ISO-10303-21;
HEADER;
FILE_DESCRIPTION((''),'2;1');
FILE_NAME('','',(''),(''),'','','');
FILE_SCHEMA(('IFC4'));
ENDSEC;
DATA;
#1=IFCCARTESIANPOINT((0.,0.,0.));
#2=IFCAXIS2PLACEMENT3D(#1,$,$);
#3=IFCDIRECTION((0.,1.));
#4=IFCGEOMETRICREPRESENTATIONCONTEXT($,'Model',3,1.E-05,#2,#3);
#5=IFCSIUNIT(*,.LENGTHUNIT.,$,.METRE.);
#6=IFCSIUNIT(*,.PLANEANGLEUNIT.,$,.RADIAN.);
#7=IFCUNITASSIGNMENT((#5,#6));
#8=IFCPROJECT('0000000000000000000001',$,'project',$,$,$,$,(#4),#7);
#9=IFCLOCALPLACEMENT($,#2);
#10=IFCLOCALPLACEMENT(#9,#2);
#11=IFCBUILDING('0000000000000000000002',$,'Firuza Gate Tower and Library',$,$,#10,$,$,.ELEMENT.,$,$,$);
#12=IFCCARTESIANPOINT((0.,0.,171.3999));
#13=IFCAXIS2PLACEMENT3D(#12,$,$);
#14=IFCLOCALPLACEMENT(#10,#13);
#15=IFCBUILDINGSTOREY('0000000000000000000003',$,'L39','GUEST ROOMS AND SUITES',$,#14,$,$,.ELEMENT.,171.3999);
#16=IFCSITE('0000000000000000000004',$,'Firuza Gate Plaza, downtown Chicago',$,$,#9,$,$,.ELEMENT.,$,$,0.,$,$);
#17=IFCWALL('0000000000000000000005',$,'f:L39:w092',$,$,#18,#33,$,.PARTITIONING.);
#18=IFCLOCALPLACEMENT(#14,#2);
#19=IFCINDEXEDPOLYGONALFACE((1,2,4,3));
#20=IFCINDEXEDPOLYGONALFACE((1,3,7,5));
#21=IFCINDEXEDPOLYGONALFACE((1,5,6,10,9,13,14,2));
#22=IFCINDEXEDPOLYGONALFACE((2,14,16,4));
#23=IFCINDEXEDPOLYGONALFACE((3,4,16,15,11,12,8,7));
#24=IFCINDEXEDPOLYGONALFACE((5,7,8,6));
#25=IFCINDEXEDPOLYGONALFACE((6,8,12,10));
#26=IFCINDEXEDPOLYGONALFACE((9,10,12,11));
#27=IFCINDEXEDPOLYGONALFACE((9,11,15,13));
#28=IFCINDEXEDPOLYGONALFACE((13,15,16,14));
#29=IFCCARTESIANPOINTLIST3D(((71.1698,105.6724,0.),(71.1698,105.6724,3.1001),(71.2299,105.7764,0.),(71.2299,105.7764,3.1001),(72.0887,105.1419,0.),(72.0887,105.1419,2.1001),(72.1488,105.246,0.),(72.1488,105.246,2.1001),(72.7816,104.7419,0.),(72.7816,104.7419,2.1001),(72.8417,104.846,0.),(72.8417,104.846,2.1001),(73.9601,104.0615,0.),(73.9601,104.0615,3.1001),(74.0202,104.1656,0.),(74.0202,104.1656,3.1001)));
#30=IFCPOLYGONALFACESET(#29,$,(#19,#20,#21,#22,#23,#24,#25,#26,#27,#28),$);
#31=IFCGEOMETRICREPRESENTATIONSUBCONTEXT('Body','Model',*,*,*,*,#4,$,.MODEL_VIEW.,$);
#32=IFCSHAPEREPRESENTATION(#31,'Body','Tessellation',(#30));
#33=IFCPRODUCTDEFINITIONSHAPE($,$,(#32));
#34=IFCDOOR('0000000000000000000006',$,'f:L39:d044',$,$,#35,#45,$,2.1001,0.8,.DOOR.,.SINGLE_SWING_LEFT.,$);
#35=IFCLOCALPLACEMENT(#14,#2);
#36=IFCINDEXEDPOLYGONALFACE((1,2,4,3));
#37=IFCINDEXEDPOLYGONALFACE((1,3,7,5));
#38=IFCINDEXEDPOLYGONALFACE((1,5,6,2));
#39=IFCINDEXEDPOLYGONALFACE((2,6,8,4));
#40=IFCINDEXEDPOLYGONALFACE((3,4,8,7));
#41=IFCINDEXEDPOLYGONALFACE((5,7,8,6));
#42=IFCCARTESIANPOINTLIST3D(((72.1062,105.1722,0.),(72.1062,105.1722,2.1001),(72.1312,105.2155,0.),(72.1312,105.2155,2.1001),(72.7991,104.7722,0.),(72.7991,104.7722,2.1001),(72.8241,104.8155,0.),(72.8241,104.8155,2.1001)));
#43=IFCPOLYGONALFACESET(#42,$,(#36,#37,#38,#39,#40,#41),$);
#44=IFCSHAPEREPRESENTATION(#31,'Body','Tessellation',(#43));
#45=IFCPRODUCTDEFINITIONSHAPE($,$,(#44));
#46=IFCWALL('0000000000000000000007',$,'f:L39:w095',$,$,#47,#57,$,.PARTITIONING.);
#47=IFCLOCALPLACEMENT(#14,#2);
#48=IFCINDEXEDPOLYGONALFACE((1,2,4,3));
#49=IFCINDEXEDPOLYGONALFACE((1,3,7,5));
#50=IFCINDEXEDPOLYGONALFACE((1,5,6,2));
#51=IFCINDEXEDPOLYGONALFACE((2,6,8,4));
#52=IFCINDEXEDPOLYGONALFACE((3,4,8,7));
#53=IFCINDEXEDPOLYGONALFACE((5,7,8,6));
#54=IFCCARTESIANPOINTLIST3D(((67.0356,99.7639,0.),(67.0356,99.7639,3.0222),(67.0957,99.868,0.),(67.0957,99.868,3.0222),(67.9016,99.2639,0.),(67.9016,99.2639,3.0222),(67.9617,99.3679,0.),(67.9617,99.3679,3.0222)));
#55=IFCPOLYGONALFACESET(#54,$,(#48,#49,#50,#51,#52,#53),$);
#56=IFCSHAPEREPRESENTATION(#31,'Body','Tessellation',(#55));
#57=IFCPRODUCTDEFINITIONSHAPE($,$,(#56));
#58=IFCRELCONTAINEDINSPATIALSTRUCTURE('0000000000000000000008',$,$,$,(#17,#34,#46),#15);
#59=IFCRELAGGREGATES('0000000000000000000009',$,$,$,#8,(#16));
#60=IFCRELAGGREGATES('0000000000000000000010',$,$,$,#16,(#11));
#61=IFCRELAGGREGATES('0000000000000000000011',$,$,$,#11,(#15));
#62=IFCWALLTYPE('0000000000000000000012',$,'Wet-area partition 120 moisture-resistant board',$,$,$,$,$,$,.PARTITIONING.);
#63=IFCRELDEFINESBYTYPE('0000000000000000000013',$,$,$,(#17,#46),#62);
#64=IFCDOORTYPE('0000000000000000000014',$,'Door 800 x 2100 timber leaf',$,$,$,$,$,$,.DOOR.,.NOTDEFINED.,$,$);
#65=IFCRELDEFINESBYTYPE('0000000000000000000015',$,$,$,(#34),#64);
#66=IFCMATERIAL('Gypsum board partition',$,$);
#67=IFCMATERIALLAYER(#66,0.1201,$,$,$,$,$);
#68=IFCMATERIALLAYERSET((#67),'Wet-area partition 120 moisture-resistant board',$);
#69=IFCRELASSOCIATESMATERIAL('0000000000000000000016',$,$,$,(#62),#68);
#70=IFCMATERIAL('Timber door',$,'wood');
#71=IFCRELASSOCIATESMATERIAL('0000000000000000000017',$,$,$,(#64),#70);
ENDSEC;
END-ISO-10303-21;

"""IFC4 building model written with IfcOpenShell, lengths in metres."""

from ifc_helpers import new_model, si_unit, direction, frame, frame_2d, origin, place, context, subcontext, project, spatial, rectangle, extrude, material, layer, layer_set, type_object, element, fill, save


model = new_model("IFC4")

# Units and contexts
model_context = context("Model", 3, precision=1e-05, world=origin(), true_north=direction((0.0, 1.0)))
body_context = subcontext(model_context, "Body", "Model", "MODEL_VIEW")
ifc_project = project(units=[si_unit("LENGTHUNIT", "METRE"), si_unit("PLANEANGLEUNIT", "RADIAN")], contexts=[model_context])

# Site, building, storey
site_placement = place(None, origin())
site = spatial("IfcSite", under=ifc_project, at=site_placement, Name="Firuza Gate Plaza, downtown Chicago", CompositionType="ELEMENT", RefElevation=0.0)
building_placement = place(site_placement, origin())
building = spatial("IfcBuilding", under=site, at=building_placement, Name="Firuza Gate Tower and Library", CompositionType="ELEMENT")
storey_placement = place(building_placement, frame((0.0, 0.0, 171.3999)))
storey = spatial("IfcBuildingStorey", under=building, at=storey_placement, Name="L39", Description="GUEST ROOMS AND SUITES", CompositionType="ELEMENT", Elevation=171.3999)

# Shared definitions
ifc_material_1 = material(Name="Gypsum board partition")
ifc_layer_1 = layer(ifc_material_1, 0.1201)
ifc_layer_set_1 = layer_set([ifc_layer_1], Name="Wet-area partition 120 moisture-resistant board")
wall_type_1 = type_object("IfcWallType", Name="Wet-area partition 120 moisture-resistant board", PredefinedType="PARTITIONING", material=ifc_layer_set_1)

# Wall, opening, door
ifc_material_2 = material(Name="Timber door", Category="wood")
door_type = type_object("IfcDoorType", Name="Door 800 x 2100 timber leaf", OperationType="NOTDEFINED", PredefinedType="DOOR", material=ifc_material_2)
wall_1_placement = place(storey_placement, frame((71.2, 105.7244, 0.0), z_axis=(0.0, 0.0, 1.0), x_axis=(0.866043, -0.49997, 0.0)))
wall_1 = element("IfcWall", 1, at=wall_1_placement, inside=storey, type_object=wall_type_1, Name="f:L39:w092", PredefinedType="PARTITIONING", context=body_context, shape_type="SweptSolid", body=[
    extrude(rectangle(XDim=3.2219, YDim=0.1201, at=frame_2d((1.6108, 0.0))), origin(), (0.0, 0.0, 1.0), 3.1001),
])
opening_1_placement = place(wall_1_placement, frame((1.061, 0.0, 0.0)))
opening_1 = element("IfcOpeningElement", 2, at=opening_1_placement, cuts=wall_1, PredefinedType="OPENING", context=body_context, shape_type="SweptSolid", body=[
    extrude(rectangle(XDim=0.8, YDim=2.1001, at=frame_2d((0.3999, 1.05))), frame((0.0, 0.0701, 0.0), z_axis=(0.0, -1.0, 0.0), x_axis=(1.0, 0.0, 0.0)), (0.0, 0.0, 1.0), 0.1401),
])
door_1_placement = place(opening_1_placement, origin())
door_1 = element("IfcDoor", 3, at=door_1_placement, inside=storey, type_object=door_type, Name="f:L39:d044", OperationType="SINGLE_SWING_LEFT", OverallHeight=2.1001, OverallWidth=0.8, PredefinedType="DOOR", context=body_context, shape_type="SweptSolid", body=[
    extrude(rectangle(XDim=0.8, YDim=2.1001, at=frame_2d((0.3999, 1.05))), frame((0.0, 0.0249, 0.0), z_axis=(0.0, -1.0, 0.0), x_axis=(1.0, 0.0, 0.0)), (0.0, 0.0, 1.0), 0.05),
])
fill(opening_1, door_1)

# Wall
wall_2_placement = place(storey_placement, frame((67.9316, 99.3159, 0.0), z_axis=(0.0, 0.0, 1.0), x_axis=(-0.866011, 0.500025, 0.0)))
element("IfcWall", 4, at=wall_2_placement, inside=storey, type_object=wall_type_1, Name="f:L39:w095", PredefinedType="PARTITIONING", context=body_context, shape_type="SweptSolid", body=[
    extrude(rectangle(XDim=1.0, YDim=0.1201, at=frame_2d((0.5, 0.0))), origin(), (0.0, 0.0, 1.0), 3.0222),
])

save(model, "model.ifc")
